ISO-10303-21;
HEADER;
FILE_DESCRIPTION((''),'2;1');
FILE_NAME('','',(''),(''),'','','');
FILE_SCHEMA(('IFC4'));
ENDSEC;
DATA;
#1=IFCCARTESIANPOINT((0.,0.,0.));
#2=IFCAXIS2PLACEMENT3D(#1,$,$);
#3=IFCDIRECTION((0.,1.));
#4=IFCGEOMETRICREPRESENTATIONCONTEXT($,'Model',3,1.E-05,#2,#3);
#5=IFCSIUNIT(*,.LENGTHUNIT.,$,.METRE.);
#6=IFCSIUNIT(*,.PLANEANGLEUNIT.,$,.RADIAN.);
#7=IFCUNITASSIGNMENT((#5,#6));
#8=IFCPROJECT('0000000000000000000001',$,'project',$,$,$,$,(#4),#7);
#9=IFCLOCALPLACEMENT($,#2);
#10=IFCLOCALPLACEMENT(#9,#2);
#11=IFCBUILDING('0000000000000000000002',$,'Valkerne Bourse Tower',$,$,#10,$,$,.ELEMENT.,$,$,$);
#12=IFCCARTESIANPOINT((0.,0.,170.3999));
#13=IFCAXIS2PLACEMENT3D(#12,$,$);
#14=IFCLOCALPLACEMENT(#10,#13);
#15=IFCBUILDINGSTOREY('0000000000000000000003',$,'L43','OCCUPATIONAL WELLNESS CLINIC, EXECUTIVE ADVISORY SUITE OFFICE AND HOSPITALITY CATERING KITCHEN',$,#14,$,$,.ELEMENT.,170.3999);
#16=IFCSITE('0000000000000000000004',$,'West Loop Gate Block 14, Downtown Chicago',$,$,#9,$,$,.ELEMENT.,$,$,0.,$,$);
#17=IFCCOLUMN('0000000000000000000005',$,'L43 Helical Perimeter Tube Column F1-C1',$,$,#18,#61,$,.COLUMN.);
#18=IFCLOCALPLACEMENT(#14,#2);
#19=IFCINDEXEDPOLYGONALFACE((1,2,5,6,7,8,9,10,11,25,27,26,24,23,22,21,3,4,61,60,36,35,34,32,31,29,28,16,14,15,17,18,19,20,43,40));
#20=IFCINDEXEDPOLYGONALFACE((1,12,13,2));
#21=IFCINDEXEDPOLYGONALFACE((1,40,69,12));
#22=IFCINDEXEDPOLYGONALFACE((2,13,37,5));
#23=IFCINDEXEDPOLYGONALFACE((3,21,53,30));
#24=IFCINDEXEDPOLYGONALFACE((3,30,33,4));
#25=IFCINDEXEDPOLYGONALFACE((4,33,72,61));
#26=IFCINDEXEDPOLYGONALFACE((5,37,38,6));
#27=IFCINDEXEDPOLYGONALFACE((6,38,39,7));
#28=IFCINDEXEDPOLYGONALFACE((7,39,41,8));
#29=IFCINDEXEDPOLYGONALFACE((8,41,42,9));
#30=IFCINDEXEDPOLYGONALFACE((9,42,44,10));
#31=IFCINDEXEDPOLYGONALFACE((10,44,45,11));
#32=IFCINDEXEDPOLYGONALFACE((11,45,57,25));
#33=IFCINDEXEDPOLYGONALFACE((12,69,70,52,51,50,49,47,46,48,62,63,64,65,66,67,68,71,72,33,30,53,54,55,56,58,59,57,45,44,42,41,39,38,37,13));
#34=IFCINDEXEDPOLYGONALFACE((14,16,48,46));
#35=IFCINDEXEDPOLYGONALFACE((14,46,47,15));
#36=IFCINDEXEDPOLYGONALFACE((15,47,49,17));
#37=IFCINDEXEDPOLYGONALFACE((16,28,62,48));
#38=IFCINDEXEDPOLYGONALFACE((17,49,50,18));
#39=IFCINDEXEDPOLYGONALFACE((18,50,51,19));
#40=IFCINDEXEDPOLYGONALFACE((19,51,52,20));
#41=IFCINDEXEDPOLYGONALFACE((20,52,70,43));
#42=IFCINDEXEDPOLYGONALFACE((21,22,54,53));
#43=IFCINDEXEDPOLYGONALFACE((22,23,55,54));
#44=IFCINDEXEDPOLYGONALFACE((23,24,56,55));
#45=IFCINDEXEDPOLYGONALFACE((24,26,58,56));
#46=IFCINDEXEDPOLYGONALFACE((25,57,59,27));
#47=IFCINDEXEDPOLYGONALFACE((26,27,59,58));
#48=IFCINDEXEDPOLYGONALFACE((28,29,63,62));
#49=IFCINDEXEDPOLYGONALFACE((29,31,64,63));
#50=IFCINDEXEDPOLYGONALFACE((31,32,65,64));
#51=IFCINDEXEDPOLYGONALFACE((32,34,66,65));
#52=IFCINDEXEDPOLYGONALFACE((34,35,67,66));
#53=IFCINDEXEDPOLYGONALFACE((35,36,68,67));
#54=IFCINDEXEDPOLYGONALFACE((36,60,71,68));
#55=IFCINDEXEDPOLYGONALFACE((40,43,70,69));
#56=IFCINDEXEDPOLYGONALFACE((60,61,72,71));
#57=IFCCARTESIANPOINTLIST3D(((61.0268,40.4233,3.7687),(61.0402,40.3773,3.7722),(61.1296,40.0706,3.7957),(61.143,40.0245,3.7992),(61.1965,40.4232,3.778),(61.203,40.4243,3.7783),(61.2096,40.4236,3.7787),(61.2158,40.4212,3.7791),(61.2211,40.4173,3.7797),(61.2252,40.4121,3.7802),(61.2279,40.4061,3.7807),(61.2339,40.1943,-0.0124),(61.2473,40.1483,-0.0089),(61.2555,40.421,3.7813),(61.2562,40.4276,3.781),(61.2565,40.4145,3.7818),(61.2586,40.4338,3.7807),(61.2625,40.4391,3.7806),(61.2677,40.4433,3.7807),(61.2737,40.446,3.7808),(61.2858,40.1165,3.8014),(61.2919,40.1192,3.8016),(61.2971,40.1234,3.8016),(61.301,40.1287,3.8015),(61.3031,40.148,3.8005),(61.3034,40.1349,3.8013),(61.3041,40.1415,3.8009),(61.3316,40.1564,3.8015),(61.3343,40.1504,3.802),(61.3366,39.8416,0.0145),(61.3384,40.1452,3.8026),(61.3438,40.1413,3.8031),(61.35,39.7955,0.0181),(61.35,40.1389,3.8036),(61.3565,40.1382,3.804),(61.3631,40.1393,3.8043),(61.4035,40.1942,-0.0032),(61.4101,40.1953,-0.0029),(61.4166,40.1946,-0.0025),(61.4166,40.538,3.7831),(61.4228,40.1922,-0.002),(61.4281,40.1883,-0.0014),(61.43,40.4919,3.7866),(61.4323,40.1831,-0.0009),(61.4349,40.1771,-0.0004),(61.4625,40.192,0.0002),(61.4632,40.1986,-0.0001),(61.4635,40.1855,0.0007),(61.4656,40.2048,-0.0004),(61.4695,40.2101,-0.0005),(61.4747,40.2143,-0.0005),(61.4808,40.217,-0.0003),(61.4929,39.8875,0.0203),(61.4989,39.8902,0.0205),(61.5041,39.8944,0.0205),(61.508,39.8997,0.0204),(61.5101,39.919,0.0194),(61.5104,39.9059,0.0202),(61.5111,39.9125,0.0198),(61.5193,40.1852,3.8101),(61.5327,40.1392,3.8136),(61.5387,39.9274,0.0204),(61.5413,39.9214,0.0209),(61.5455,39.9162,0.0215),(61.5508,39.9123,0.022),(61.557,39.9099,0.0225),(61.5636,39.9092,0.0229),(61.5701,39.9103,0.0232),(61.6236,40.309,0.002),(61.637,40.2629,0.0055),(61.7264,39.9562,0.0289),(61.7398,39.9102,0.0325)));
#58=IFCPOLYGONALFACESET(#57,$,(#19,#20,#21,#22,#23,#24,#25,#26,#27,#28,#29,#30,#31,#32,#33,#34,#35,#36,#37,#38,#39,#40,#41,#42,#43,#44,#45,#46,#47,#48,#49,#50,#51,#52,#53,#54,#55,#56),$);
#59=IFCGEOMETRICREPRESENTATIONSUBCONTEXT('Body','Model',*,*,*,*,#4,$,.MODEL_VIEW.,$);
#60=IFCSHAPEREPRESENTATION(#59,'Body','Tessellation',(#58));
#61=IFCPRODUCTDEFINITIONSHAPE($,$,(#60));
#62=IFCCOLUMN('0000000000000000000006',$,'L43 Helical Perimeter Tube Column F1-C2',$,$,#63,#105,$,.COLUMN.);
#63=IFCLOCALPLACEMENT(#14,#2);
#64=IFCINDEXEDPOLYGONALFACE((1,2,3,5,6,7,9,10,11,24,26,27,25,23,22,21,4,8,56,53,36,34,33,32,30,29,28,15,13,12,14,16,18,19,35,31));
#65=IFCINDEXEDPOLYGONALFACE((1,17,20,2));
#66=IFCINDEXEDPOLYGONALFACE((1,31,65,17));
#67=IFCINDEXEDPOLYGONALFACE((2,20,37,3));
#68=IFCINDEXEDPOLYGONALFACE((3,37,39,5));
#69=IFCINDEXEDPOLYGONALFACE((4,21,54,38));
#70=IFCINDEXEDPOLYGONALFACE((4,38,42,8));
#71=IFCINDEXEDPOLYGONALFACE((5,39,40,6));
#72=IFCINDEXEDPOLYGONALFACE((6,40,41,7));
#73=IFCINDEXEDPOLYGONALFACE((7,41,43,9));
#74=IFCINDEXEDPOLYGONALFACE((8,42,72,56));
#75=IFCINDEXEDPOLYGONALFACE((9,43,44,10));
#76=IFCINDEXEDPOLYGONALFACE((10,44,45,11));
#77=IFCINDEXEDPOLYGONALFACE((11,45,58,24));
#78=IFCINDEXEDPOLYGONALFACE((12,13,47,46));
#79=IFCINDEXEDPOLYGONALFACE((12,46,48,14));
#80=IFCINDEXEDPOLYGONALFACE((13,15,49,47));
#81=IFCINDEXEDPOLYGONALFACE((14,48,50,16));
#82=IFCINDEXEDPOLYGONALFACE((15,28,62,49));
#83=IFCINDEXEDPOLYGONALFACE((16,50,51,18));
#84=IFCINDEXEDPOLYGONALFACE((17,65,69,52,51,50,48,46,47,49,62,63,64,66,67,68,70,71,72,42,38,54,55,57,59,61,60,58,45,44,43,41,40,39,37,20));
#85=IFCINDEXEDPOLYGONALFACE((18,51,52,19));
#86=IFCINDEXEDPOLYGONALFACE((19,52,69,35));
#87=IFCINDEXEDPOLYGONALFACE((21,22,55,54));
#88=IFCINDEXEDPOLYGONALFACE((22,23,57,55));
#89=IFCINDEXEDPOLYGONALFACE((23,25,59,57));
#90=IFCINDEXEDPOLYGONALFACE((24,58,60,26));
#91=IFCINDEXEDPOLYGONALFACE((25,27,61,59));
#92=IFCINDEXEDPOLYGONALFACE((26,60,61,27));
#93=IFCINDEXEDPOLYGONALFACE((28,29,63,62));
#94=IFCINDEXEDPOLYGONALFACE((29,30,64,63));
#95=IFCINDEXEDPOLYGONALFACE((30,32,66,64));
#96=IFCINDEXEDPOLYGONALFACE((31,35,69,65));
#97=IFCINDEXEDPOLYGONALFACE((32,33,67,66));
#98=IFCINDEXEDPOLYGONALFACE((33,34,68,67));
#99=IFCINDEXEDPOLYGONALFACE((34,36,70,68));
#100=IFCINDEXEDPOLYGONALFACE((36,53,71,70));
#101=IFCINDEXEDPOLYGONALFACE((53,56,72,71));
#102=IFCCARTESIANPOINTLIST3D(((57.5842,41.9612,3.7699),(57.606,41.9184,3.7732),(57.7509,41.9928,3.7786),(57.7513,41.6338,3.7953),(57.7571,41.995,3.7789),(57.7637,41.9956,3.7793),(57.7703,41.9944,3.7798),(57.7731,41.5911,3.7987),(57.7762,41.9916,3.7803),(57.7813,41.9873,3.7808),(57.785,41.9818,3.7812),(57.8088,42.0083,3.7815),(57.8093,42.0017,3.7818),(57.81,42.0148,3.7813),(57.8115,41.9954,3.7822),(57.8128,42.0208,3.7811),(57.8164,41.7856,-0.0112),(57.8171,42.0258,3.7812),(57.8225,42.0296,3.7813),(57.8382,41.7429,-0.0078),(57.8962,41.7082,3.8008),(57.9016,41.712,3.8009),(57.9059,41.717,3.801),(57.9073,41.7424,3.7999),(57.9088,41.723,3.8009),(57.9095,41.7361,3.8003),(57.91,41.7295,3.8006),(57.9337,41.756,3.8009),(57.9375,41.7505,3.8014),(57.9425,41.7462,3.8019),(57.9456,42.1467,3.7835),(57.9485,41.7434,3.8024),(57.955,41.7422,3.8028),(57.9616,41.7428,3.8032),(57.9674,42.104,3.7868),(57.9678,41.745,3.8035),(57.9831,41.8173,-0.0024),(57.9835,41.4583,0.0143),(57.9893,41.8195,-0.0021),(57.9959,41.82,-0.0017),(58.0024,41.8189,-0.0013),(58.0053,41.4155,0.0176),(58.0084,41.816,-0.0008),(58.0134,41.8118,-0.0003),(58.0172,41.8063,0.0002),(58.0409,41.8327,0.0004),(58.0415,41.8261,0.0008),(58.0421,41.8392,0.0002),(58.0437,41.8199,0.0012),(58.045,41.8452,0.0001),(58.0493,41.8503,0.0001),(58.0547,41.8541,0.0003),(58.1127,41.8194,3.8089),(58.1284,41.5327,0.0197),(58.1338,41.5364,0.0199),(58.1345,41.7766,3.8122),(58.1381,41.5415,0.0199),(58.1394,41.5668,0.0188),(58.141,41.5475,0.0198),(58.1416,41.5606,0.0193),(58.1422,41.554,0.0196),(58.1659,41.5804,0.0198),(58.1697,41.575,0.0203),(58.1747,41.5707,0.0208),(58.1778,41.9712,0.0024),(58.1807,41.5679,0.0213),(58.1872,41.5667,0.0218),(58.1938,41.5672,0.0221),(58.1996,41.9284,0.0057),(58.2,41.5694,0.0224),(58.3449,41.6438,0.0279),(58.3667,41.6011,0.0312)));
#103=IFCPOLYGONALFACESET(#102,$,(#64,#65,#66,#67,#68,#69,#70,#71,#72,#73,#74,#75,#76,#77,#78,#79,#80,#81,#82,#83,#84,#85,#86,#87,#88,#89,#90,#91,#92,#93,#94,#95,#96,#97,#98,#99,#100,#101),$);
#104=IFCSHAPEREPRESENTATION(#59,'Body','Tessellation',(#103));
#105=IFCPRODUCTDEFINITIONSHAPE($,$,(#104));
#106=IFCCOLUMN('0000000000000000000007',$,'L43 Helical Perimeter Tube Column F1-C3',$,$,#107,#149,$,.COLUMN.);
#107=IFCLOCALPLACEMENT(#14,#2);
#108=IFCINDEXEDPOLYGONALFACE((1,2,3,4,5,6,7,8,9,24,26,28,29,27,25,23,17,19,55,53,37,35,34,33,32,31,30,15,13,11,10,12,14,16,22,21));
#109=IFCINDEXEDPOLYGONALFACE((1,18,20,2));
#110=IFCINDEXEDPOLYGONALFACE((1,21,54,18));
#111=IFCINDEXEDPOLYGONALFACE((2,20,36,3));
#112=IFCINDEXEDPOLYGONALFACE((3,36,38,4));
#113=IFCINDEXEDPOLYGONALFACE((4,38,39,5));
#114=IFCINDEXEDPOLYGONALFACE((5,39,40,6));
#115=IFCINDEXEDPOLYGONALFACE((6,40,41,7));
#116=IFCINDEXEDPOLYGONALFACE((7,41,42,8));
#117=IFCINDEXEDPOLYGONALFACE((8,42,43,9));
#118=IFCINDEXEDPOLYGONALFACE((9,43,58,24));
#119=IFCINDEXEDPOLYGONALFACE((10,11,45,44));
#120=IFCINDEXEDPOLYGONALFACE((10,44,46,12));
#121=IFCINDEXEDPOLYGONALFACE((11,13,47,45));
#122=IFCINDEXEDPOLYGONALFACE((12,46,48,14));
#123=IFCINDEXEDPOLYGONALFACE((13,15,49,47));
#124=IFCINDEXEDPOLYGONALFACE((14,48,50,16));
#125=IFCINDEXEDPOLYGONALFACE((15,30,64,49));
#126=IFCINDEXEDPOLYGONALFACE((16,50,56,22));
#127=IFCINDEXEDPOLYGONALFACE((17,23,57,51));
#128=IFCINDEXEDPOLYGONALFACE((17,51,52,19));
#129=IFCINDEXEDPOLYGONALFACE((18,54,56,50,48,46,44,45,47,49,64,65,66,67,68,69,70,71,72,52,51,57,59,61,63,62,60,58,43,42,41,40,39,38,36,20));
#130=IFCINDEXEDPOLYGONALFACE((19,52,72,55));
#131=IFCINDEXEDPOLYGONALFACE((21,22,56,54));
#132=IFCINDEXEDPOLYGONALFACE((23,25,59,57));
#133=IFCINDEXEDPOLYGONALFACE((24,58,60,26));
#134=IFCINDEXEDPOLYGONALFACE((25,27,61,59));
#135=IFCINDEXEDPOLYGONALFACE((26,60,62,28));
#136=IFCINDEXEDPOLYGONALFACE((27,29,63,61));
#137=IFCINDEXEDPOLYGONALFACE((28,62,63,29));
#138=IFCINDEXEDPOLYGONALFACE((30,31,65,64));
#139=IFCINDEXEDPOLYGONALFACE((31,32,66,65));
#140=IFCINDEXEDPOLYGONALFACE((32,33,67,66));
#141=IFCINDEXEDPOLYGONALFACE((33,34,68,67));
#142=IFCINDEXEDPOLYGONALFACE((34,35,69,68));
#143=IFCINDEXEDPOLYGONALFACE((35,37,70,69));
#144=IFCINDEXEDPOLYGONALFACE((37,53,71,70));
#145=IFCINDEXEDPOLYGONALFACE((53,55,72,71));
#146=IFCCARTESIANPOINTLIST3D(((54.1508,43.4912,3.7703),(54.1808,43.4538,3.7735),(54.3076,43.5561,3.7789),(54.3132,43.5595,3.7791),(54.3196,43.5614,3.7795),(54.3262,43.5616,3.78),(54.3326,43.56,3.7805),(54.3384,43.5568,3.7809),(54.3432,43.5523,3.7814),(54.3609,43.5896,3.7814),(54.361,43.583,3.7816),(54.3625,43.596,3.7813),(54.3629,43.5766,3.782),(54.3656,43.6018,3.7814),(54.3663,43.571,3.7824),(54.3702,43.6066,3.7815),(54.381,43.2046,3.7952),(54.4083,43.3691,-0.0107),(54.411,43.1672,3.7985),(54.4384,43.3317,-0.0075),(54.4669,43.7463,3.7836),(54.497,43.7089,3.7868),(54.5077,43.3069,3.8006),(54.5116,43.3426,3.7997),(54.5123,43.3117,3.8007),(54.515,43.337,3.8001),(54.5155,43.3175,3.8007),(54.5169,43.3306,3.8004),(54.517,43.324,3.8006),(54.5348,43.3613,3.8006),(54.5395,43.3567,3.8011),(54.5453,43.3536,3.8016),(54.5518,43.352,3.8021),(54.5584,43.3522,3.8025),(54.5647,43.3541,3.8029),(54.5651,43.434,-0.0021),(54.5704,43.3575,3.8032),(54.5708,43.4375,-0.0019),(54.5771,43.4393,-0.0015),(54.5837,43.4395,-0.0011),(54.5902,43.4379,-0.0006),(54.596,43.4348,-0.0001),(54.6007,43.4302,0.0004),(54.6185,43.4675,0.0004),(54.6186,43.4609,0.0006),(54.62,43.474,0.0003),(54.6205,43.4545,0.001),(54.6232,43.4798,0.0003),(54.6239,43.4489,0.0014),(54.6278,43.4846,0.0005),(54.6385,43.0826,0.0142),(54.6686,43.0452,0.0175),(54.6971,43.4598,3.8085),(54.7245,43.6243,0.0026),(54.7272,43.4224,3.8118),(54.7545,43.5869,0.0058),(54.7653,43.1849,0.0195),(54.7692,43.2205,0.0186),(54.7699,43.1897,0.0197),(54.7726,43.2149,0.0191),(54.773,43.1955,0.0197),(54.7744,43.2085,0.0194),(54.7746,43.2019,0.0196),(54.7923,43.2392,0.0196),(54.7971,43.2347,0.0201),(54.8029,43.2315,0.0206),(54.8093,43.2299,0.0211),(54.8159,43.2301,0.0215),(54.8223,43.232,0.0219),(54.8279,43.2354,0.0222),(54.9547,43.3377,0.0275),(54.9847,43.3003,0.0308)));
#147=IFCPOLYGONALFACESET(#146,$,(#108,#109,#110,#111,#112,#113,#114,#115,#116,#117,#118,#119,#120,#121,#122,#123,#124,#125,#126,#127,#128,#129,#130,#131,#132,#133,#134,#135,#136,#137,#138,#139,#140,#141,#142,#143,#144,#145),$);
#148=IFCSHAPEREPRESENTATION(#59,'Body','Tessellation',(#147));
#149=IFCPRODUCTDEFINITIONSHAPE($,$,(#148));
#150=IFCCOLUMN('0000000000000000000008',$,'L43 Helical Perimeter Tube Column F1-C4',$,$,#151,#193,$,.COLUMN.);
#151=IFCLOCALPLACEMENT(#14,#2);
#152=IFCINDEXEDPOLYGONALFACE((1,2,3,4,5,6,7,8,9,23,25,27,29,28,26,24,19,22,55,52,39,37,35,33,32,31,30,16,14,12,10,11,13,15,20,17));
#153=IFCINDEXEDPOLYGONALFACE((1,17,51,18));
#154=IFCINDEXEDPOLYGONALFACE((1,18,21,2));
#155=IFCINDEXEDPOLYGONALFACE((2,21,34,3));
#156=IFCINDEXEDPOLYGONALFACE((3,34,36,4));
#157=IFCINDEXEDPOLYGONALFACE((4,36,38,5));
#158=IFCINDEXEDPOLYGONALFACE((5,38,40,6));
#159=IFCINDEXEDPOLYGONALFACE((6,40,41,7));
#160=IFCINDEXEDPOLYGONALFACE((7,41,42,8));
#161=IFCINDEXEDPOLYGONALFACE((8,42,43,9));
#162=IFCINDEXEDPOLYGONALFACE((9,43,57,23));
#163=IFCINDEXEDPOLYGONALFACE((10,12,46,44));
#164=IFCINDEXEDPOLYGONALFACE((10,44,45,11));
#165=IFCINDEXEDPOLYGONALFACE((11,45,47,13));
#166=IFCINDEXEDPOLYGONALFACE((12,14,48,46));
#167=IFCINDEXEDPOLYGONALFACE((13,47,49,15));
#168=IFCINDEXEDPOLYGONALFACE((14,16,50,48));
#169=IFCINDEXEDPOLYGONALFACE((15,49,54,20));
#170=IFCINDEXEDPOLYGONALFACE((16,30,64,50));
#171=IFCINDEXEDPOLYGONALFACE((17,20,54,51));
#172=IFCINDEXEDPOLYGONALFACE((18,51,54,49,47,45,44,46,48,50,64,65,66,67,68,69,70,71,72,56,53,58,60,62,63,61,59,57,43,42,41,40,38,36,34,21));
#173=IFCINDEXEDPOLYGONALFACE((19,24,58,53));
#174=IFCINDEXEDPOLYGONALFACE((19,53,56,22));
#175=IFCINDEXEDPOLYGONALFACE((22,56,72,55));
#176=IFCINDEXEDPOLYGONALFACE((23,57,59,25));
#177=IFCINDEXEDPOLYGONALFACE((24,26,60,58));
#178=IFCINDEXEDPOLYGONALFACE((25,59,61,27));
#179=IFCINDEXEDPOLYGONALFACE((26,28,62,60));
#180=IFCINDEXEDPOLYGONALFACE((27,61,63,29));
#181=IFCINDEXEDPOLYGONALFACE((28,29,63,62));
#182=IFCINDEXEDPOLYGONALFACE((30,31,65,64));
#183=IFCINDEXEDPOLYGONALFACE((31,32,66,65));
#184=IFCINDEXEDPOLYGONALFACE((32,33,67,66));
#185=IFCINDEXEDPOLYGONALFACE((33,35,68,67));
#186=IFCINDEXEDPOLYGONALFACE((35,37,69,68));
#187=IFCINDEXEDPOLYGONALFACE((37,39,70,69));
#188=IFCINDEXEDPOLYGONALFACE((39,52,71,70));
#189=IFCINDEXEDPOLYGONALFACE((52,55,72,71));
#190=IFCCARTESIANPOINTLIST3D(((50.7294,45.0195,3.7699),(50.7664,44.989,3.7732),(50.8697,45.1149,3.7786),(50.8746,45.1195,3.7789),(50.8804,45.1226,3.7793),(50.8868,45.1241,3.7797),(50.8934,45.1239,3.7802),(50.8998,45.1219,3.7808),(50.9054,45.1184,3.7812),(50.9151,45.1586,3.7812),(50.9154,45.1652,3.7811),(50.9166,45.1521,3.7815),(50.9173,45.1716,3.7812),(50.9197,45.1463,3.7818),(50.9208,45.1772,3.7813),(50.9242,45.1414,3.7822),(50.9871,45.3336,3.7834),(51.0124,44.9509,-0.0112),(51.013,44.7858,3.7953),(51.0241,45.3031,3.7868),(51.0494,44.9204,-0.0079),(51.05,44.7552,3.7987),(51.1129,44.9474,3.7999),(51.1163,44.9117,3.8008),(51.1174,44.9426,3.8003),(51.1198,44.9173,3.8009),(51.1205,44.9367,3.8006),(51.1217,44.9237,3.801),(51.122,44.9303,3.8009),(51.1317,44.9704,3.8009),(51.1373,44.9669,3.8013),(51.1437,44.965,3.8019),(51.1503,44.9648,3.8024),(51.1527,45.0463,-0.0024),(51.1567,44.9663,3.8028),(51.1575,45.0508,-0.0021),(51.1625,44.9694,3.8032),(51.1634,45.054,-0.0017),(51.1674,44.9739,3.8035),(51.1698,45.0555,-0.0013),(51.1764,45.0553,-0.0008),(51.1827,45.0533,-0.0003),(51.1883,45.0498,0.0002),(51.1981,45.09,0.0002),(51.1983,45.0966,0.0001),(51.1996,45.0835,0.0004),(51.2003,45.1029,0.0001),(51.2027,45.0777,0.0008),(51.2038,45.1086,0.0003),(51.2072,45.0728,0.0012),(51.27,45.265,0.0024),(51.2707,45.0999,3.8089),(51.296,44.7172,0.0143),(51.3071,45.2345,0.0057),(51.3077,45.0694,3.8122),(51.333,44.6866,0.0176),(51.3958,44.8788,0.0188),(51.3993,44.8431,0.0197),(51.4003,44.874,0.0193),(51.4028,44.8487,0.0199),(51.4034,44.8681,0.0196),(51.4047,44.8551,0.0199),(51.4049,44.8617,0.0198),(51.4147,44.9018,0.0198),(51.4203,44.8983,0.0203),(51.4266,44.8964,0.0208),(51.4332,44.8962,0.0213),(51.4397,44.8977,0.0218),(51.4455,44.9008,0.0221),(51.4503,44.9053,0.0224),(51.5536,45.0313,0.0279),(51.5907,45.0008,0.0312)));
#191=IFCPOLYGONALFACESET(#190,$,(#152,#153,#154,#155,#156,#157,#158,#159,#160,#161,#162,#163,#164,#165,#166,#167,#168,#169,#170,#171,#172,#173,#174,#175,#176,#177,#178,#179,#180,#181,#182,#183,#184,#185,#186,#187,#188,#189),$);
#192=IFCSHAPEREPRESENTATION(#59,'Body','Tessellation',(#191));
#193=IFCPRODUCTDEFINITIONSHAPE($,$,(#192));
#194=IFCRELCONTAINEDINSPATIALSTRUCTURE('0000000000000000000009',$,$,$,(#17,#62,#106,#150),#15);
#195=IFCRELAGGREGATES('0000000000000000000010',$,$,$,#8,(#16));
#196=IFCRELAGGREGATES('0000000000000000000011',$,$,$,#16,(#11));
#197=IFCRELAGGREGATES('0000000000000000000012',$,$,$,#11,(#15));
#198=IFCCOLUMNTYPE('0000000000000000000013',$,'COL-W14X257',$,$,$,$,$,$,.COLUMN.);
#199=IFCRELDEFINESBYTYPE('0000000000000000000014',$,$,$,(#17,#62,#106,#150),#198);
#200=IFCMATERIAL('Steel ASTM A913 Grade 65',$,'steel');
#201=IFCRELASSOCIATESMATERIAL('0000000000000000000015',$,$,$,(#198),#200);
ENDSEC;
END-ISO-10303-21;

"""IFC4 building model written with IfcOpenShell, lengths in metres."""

from ifc_helpers import new_model, si_unit, direction, frame, origin, origin_2d, place, context, subcontext, project, spatial, i_section, extrude, material, material_profile, profile_set, type_object, element, save


model = new_model("IFC4")

# Units and contexts
model_context = context("Model", 3, precision=1e-05, world=origin(), true_north=direction((0.0, 1.0)))
body_context = subcontext(model_context, "Body", "Model", "MODEL_VIEW")
ifc_project = project(units=[si_unit("LENGTHUNIT", "METRE"), si_unit("PLANEANGLEUNIT", "RADIAN")], contexts=[model_context])

# Site, building, storey
site_placement = place(None, origin())
site = spatial("IfcSite", under=ifc_project, at=site_placement, Name="West Loop Gate Block 14, Downtown Chicago", CompositionType="ELEMENT", RefElevation=0.0)
building_placement = place(site_placement, origin())
building = spatial("IfcBuilding", under=site, at=building_placement, Name="Valkerne Bourse Tower", CompositionType="ELEMENT")
storey_placement = place(building_placement, frame((0.0, 0.0, 170.3999)))
storey = spatial("IfcBuildingStorey", under=building, at=storey_placement, Name="L43", Description="OCCUPATIONAL WELLNESS CLINIC, EXECUTIVE ADVISORY SUITE OFFICE AND HOSPITALITY CATERING KITCHEN", CompositionType="ELEMENT", Elevation=170.3999)

# Columns
ifc_material_1 = material(Name="Steel ASTM A913 Grade 65", Category="steel")
ifc_material_profile_1 = material_profile(ifc_material_1, i_section(OverallWidth=0.4065, OverallDepth=0.4165, WebThickness=0.0298, FlangeThickness=0.0481, FilletRadius=0.0254, at=origin_2d()), Name="W14X257")
ifc_profile_set_1 = profile_set([ifc_material_profile_1], Name="Steel ASTM A913 Grade 65")
column_type = type_object("IfcColumnType", Name="COL-W14X257", PredefinedType="COLUMN", material=ifc_profile_set_1)
column_1_placement = place(storey_placement, frame((61.4868, 40.0522, 0.01), z_axis=(-0.054574, 0.060366, 0.996683), x_axis=(0.958763, 0.281992, 0.035418)))
element("IfcColumn", 1, at=column_1_placement, inside=storey, type_object=column_type, Name="L43 Helical Perimeter Tube Column F1-C1", PredefinedType="COLUMN", context=body_context, shape_type="SweptSolid", body=[
    extrude(i_section(OverallWidth=0.4065, OverallDepth=0.4165, WebThickness=0.0298, FlangeThickness=0.0481, FilletRadius=0.0254, at=origin_2d()), origin(), (0.0, 0.0, 1.0), 3.7937),
])
column_2_placement = place(storey_placement, frame((58.0916, 41.6934, 0.01), z_axis=(-0.061225, 0.046289, 0.99705), x_axis=(0.889117, 0.45646, 0.033406)))
element("IfcColumn", 2, at=column_2_placement, inside=storey, type_object=column_type, Name="L43 Helical Perimeter Tube Column F1-C2", PredefinedType="COLUMN", context=body_context, shape_type="SweptSolid", body=[
    extrude(i_section(OverallWidth=0.4065, OverallDepth=0.4165, WebThickness=0.0298, FlangeThickness=0.0481, FilletRadius=0.0254, at=origin_2d()), origin(), (0.0, 0.0, 1.0), 3.7922),
])
column_3_placement = place(storey_placement, frame((54.6965, 43.3347, 0.01), z_axis=(-0.067929, 0.032194, 0.997171), x_axis=(0.777764, 0.627704, 0.032717)))
element("IfcColumn", 3, at=column_3_placement, inside=storey, type_object=column_type, Name="L43 Helical Perimeter Tube Column F1-C3", PredefinedType="COLUMN", context=body_context, shape_type="SweptSolid", body=[
    extrude(i_section(OverallWidth=0.4065, OverallDepth=0.4165, WebThickness=0.0298, FlangeThickness=0.0481, FilletRadius=0.0254, at=origin_2d()), origin(), (0.0, 0.0, 1.0), 3.7917),
])
column_4_placement = place(storey_placement, frame((51.3015, 44.9758, 0.01), z_axis=(-0.074616, 0.018091, 0.997048), x_axis=(0.633865, 0.772721, 0.033416)))
element("IfcColumn", 4, at=column_4_placement, inside=storey, type_object=column_type, Name="L43 Helical Perimeter Tube Column F1-C4", PredefinedType="COLUMN", context=body_context, shape_type="SweptSolid", body=[
    extrude(i_section(OverallWidth=0.4065, OverallDepth=0.4165, WebThickness=0.0298, FlangeThickness=0.0481, FilletRadius=0.0254, at=origin_2d()), origin(), (0.0, 0.0, 1.0), 3.7922),
])

save(model, "model.ifc")
